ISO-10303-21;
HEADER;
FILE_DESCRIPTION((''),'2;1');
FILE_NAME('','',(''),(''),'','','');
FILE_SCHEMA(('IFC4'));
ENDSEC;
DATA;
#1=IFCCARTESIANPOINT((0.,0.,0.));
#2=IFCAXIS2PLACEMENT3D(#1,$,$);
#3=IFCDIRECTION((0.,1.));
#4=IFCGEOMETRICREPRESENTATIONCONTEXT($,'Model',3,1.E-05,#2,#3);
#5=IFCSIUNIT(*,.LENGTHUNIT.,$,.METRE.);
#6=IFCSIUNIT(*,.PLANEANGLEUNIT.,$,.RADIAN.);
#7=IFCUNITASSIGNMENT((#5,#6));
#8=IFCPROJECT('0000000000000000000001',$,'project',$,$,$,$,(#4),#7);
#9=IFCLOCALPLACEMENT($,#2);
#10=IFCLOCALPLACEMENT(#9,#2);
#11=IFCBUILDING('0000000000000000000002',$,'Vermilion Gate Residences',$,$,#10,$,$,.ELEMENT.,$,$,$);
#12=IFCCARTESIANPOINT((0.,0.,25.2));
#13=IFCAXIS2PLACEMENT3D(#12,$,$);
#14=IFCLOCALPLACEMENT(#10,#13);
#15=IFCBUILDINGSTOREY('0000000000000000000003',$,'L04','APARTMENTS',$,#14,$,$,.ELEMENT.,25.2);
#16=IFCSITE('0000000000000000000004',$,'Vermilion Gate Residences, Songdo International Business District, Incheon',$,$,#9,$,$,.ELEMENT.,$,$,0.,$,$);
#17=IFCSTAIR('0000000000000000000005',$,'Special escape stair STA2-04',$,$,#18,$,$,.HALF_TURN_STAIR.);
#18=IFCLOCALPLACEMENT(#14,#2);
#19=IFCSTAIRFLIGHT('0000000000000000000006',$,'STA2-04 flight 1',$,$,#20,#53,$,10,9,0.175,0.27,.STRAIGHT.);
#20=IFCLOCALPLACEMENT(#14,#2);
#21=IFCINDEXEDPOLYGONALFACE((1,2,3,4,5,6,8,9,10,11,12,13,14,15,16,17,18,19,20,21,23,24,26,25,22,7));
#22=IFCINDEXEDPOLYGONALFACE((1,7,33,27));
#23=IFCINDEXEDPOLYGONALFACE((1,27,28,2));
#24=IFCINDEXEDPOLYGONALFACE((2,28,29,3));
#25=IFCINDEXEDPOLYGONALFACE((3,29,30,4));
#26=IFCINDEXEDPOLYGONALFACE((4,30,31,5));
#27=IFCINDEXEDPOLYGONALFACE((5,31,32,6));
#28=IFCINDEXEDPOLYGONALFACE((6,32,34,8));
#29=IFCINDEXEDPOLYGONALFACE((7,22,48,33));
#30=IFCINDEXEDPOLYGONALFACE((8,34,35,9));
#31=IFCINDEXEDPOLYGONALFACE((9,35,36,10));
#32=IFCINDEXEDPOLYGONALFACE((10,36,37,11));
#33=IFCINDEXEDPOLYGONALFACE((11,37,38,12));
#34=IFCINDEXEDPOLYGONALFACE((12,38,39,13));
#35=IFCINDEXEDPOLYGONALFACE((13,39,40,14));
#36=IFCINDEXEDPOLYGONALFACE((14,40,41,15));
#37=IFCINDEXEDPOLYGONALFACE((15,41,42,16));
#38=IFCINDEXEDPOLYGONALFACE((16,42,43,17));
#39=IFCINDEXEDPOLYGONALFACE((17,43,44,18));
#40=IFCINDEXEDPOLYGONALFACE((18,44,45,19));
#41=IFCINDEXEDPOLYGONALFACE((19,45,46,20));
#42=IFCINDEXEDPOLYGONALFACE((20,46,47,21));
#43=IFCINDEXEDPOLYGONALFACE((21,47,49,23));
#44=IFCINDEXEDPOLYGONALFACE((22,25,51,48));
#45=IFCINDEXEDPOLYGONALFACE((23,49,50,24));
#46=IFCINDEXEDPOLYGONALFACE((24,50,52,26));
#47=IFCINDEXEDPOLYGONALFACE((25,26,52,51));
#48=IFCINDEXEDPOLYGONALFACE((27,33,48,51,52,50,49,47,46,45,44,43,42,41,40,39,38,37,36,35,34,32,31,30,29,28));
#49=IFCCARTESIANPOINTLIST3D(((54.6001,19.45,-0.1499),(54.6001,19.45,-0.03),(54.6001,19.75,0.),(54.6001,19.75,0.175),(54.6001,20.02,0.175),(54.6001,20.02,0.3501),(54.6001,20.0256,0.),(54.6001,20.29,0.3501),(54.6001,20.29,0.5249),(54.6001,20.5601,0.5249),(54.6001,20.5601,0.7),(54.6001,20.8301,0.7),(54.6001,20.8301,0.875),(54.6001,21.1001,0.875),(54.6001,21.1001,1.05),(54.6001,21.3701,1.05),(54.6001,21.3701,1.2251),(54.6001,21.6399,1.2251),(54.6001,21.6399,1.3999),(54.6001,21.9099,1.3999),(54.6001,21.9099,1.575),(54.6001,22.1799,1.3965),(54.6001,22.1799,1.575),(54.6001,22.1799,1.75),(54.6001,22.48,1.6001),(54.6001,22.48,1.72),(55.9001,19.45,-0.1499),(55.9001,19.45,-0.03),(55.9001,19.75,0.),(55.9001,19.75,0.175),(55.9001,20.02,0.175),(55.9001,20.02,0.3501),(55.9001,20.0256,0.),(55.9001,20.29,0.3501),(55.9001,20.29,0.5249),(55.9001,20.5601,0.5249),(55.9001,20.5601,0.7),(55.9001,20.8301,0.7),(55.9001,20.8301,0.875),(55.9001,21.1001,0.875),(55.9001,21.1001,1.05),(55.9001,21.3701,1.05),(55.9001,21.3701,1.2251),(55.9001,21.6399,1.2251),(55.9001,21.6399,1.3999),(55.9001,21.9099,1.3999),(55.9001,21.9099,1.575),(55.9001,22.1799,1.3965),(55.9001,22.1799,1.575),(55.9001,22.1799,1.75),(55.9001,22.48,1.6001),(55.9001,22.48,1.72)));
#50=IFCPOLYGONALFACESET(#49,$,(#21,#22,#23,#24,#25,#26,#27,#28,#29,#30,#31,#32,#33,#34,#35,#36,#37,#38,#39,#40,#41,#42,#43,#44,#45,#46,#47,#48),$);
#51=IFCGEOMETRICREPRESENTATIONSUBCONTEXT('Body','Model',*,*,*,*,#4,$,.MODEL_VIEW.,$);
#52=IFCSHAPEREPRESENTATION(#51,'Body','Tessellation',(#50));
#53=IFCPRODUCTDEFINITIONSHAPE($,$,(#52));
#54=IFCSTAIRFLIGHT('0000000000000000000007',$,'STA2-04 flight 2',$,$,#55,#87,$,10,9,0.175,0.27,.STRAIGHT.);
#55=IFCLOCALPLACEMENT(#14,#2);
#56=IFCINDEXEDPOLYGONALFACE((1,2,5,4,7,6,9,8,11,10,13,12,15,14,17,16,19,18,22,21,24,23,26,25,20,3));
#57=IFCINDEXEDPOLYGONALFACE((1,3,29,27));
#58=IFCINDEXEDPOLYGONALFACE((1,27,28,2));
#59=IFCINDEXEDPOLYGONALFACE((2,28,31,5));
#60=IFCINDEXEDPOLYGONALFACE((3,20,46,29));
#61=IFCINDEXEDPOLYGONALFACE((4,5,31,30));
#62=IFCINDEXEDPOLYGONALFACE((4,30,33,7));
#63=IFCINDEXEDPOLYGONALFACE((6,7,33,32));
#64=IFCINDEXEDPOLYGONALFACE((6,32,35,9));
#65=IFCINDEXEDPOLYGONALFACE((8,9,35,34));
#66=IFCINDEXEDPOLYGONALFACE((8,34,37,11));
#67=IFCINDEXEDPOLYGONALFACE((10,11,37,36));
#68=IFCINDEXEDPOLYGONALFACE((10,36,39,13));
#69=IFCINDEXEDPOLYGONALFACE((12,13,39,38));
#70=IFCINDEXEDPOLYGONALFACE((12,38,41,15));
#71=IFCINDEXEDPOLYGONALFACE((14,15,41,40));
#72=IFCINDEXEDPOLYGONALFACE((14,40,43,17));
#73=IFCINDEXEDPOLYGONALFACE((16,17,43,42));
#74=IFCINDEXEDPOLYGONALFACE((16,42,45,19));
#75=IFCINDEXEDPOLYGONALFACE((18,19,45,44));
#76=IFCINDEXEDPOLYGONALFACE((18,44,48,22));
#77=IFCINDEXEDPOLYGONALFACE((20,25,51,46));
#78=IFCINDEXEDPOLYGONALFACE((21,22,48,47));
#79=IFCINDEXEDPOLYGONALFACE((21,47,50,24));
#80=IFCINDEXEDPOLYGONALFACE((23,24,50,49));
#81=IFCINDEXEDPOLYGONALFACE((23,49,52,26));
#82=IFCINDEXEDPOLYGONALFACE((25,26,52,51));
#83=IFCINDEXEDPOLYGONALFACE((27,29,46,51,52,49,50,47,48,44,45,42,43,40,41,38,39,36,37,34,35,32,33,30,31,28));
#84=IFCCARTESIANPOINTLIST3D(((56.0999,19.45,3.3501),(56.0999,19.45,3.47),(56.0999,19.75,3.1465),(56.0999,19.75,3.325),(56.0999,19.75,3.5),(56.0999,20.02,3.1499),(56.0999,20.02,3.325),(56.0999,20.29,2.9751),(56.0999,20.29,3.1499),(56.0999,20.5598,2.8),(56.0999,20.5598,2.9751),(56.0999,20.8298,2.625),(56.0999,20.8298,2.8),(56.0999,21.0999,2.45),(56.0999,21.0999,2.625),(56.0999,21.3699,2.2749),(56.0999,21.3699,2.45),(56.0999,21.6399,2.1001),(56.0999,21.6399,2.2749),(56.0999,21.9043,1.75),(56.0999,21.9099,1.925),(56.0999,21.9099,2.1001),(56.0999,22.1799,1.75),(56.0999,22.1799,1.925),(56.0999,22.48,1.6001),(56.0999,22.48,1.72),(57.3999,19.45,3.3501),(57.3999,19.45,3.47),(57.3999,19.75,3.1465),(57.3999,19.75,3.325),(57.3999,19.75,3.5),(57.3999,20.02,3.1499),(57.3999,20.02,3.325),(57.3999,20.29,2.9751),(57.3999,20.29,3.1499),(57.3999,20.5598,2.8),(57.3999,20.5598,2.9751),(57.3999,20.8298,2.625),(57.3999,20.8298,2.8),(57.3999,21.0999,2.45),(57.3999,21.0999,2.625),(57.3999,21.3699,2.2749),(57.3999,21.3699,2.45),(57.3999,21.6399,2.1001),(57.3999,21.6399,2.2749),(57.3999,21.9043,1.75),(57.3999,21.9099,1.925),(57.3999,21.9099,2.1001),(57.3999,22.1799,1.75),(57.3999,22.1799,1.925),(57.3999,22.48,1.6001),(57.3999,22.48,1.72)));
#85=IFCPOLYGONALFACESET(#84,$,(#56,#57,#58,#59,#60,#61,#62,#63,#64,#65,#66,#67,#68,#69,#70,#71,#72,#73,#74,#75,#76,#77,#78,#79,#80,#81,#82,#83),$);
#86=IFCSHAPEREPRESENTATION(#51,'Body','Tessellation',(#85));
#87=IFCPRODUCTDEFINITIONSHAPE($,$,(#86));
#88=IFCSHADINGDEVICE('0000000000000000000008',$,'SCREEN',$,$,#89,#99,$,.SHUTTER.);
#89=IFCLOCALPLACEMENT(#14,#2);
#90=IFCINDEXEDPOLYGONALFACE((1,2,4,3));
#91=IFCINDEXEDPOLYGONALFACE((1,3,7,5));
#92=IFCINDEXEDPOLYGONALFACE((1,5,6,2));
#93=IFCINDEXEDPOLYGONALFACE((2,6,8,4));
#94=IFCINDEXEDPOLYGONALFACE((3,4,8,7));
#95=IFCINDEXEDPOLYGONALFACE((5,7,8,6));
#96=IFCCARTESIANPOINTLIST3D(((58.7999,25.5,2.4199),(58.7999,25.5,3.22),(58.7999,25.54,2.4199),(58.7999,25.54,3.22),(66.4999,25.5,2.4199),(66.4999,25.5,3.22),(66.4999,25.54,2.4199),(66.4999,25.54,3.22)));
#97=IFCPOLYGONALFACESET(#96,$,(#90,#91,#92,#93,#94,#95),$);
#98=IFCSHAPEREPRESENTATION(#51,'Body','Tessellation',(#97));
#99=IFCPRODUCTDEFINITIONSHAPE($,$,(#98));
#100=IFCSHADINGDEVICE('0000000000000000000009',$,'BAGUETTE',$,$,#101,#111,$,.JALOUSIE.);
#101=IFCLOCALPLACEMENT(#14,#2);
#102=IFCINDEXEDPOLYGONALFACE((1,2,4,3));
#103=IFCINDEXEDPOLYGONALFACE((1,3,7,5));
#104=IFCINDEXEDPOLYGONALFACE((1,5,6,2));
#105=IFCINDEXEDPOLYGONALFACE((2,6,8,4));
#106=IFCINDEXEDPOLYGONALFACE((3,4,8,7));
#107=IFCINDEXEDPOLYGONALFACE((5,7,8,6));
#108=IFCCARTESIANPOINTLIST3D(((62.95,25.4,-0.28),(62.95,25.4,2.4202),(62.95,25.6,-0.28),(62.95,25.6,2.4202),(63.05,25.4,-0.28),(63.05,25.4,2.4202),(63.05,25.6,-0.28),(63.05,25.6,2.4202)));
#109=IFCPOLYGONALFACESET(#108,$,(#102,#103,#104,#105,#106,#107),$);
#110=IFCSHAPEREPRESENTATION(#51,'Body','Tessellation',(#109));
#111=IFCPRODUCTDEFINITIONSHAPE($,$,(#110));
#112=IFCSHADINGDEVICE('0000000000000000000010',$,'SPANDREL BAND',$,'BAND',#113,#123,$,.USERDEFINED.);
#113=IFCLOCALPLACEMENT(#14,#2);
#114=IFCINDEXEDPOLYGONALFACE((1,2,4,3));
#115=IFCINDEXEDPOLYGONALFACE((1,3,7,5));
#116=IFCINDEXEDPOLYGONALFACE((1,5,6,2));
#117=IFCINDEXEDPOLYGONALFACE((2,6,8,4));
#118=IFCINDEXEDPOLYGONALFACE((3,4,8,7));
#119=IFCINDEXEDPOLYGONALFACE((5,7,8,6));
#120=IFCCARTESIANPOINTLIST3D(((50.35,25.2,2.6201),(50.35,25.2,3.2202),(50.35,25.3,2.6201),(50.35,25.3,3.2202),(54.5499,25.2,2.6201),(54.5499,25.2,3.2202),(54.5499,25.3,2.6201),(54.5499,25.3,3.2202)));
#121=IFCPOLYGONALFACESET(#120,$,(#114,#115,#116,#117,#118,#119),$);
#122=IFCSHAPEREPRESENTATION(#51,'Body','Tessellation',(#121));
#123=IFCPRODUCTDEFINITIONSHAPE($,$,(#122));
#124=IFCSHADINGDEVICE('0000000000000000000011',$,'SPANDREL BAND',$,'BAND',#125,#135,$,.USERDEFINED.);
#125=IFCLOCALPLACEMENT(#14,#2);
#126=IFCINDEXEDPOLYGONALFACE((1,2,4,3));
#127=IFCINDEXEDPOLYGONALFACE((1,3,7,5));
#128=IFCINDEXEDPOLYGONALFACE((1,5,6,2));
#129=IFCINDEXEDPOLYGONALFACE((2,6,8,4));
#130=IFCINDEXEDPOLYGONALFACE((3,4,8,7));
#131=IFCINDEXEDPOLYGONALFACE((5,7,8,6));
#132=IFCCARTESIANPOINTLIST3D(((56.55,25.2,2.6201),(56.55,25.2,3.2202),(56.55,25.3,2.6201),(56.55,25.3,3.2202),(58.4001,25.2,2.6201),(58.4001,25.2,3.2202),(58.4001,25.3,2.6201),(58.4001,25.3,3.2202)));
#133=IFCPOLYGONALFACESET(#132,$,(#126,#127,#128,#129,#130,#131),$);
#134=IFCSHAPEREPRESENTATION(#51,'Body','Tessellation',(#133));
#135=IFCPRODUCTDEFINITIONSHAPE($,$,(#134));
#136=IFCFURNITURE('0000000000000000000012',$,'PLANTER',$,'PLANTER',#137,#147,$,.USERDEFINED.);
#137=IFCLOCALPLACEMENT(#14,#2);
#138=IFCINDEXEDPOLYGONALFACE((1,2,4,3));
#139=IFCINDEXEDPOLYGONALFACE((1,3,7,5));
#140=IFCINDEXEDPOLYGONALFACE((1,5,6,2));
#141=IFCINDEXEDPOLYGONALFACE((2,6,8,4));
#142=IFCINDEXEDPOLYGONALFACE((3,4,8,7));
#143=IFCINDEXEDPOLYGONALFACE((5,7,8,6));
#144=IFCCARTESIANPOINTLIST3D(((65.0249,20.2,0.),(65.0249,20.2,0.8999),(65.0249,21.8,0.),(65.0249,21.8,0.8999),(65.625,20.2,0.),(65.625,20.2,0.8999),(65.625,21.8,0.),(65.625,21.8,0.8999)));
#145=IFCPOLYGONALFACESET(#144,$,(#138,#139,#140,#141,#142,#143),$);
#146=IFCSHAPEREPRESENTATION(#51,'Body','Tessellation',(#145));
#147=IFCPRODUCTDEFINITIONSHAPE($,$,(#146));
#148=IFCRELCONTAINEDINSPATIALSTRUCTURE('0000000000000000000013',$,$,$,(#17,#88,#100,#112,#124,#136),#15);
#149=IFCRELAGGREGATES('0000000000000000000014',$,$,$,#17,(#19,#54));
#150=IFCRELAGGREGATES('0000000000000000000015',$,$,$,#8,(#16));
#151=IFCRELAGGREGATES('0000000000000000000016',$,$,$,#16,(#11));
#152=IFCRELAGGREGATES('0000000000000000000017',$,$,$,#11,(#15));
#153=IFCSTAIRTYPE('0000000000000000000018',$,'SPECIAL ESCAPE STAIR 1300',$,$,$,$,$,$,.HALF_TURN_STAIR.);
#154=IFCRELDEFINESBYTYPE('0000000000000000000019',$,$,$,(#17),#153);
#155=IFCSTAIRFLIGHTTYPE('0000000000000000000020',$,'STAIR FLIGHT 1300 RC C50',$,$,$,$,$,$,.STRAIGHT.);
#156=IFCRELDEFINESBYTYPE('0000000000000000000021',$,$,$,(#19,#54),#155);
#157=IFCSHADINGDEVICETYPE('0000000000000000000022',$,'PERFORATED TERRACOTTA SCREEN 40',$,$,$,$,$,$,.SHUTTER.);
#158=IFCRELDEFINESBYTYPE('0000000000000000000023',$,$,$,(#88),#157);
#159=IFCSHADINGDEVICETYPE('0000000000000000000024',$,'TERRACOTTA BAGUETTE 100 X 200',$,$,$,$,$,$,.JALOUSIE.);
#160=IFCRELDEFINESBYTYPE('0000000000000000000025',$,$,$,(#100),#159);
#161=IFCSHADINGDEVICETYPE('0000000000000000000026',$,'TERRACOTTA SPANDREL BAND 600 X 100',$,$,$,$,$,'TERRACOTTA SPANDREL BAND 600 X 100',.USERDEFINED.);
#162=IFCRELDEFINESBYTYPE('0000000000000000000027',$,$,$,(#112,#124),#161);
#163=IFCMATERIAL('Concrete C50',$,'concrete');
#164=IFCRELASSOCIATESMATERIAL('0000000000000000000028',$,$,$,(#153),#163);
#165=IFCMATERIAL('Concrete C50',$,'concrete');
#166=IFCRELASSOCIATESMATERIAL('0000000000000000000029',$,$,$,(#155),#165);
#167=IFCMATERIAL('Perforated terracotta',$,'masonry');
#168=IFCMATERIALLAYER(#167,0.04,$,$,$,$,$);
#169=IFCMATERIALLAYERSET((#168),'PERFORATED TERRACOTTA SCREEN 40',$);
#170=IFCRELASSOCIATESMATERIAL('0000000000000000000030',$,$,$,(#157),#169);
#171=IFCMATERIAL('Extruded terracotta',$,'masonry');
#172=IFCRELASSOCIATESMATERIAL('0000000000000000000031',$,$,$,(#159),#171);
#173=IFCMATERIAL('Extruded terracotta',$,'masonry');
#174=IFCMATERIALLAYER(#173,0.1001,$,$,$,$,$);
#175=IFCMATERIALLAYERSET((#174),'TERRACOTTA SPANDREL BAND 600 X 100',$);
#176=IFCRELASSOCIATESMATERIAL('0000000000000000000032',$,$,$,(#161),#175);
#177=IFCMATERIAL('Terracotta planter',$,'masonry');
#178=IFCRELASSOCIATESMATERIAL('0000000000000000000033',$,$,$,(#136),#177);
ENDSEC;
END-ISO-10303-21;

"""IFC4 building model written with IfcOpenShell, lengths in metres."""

from ifc_helpers import new_model, si_unit, direction, frame, origin, origin_2d, place, context, subcontext, project, spatial, polyline, rectangle, outline, extrude, material, layer, layer_set, material_profile, profile_set, type_object, element, aggregate, save


model = new_model("IFC4")

# Units and contexts
model_context = context("Model", 3, precision=1e-05, world=origin(), true_north=direction((0.0, 1.0)))
body_context = subcontext(model_context, "Body", "Model", "MODEL_VIEW")
ifc_project = project(units=[si_unit("LENGTHUNIT", "METRE"), si_unit("PLANEANGLEUNIT", "RADIAN")], contexts=[model_context])

# Site, building, storey
site_placement = place(None, origin())
site = spatial("IfcSite", under=ifc_project, at=site_placement, Name="Vermilion Gate Residences, Songdo International Business District, Incheon", CompositionType="ELEMENT", RefElevation=0.0)
building_placement = place(site_placement, origin())
building = spatial("IfcBuilding", under=site, at=building_placement, Name="Vermilion Gate Residences", CompositionType="ELEMENT")
storey_placement = place(building_placement, frame((0.0, 0.0, 25.2)))
storey = spatial("IfcBuildingStorey", under=building, at=storey_placement, Name="L04", Description="APARTMENTS", CompositionType="ELEMENT", Elevation=25.2)

# Stair, stair flights
ifc_material_1 = material(Name="Concrete C50", Category="concrete")
stair_type = type_object("IfcStairType", Name="SPECIAL ESCAPE STAIR 1300", PredefinedType="HALF_TURN_STAIR", material=ifc_material_1)
stair_placement = place(storey_placement, origin())
stair = element("IfcStair", 1, at=stair_placement, inside=storey, type_object=stair_type, Name="Special escape stair STA2-04", PredefinedType="HALF_TURN_STAIR")
ifc_material_2 = material(Name="Concrete C50", Category="concrete")
stair_flight_type = type_object("IfcStairFlightType", Name="STAIR FLIGHT 1300 RC C50", PredefinedType="STRAIGHT", material=ifc_material_2)
stair_flight_1_placement = place(storey_placement, frame((55.25, 19.75, 0.0), z_axis=(0.0, 0.0, 1.0), x_axis=(0.0, 1.0, 0.0)))
stair_flight_1 = element("IfcStairFlight", 2, at=stair_flight_1_placement, type_object=stair_flight_type, Name="STA2-04 flight 1", NumberOfRisers=10, NumberOfTreads=9, PredefinedType="STRAIGHT", RiserHeight=0.175, TreadLength=0.27, context=body_context, shape_type="SweptSolid", body=[
    extrude(outline(polyline([(-0.3, -0.1499), (-0.3, -0.03), (0.0, 0.0), (0.0, 0.175), (0.27, 0.175), (0.27, 0.3501), (0.54, 0.3501), (0.54, 0.5249), (0.8101, 0.5249), (0.8101, 0.7), (1.0801, 0.7), (1.0801, 0.875), (1.3501, 0.875), (1.3501, 1.05), (1.6201, 1.05), (1.6201, 1.2251), (1.8899, 1.2251), (1.8899, 1.3999), (2.1599, 1.3999), (2.1599, 1.575), (2.4299, 1.575), (2.4299, 1.75), (2.73, 1.72), (2.73, 1.6001), (2.4299, 1.3965), (0.2756, 0.0), (-0.3, -0.1499)])), frame((0.0, 0.6499, 0.0), z_axis=(0.0, -1.0, 0.0), x_axis=(1.0, 0.0, 0.0)), (0.0, 0.0, 1.0), 1.3),
])
stair_flight_2_placement = place(storey_placement, frame((56.75, 22.1799, 1.75), z_axis=(0.0, 0.0, 1.0), x_axis=(0.0, -1.0, 0.0)))
stair_flight_2 = element("IfcStairFlight", 3, at=stair_flight_2_placement, type_object=stair_flight_type, Name="STA2-04 flight 2", NumberOfRisers=10, NumberOfTreads=9, PredefinedType="STRAIGHT", RiserHeight=0.175, TreadLength=0.27, context=body_context, shape_type="SweptSolid", body=[
    extrude(outline(polyline([(-0.3, -0.1499), (-0.3, -0.03), (0.0, 0.0), (0.0, 0.175), (0.27, 0.175), (0.27, 0.3501), (0.54, 0.3501), (0.54, 0.5249), (0.8101, 0.5249), (0.8101, 0.7), (1.0801, 0.7), (1.0801, 0.875), (1.3501, 0.875), (1.3501, 1.05), (1.6201, 1.05), (1.6201, 1.2251), (1.8899, 1.2251), (1.8899, 1.3999), (2.1599, 1.3999), (2.1599, 1.575), (2.4299, 1.575), (2.4299, 1.75), (2.73, 1.72), (2.73, 1.6001), (2.4299, 1.3965), (0.2756, 0.0), (-0.3, -0.1499)])), frame((0.0, 0.6499, 0.0), z_axis=(0.0, -1.0, 0.0), x_axis=(1.0, 0.0, 0.0)), (0.0, 0.0, 1.0), 1.3),
])
aggregate(stair, [stair_flight_1, stair_flight_2])

# Shading device
ifc_material_3 = material(Name="Perforated terracotta", Category="masonry")
ifc_layer_1 = layer(ifc_material_3, 0.04)
ifc_layer_set_1 = layer_set([ifc_layer_1], Name="PERFORATED TERRACOTTA SCREEN 40")
shading_device_type_1 = type_object("IfcShadingDeviceType", Name="PERFORATED TERRACOTTA SCREEN 40", PredefinedType="SHUTTER", material=ifc_layer_set_1)
shading_device_1_placement = place(storey_placement, frame((62.6499, 25.52, 2.4199), z_axis=(0.0, 0.0, 1.0), x_axis=(-1.0, 0.0, 0.0)))
element("IfcShadingDevice", 4, at=shading_device_1_placement, inside=storey, type_object=shading_device_type_1, Name="SCREEN", PredefinedType="SHUTTER", context=body_context, shape_type="SweptSolid", body=[
    extrude(rectangle(XDim=7.7, YDim=0.04, at=origin_2d()), origin(), (0.0, 0.0, 1.0), 0.8),
])

# Shading devices
ifc_material_4 = material(Name="Extruded terracotta", Category="masonry")
ifc_material_profile_1 = material_profile(ifc_material_4, rectangle(XDim=0.2, YDim=0.1001, at=origin_2d()), Name="BAGUETTE 100 X 200")
ifc_profile_set_1 = profile_set([ifc_material_profile_1], Name="Extruded terracotta")
shading_device_type_2 = type_object("IfcShadingDeviceType", Name="TERRACOTTA BAGUETTE 100 X 200", PredefinedType="JALOUSIE", material=ifc_profile_set_1)
shading_device_2_placement = place(storey_placement, frame((63.0, 25.5, -0.28), z_axis=(0.0, 0.0, 1.0), x_axis=(0.0, -1.0, 0.0)))
element("IfcShadingDevice", 5, at=shading_device_2_placement, inside=storey, type_object=shading_device_type_2, Name="BAGUETTE", PredefinedType="JALOUSIE", context=body_context, shape_type="SweptSolid", body=[
    extrude(rectangle(XDim=0.2, YDim=0.1001, at=origin_2d()), origin(), (0.0, 0.0, 1.0), 2.7002),
])
ifc_material_5 = material(Name="Extruded terracotta", Category="masonry")
ifc_layer_2 = layer(ifc_material_5, 0.1001)
ifc_layer_set_2 = layer_set([ifc_layer_2], Name="TERRACOTTA SPANDREL BAND 600 X 100")
shading_device_type_3 = type_object("IfcShadingDeviceType", Name="TERRACOTTA SPANDREL BAND 600 X 100", ElementType="TERRACOTTA SPANDREL BAND 600 X 100", PredefinedType="USERDEFINED", material=ifc_layer_set_2)
shading_device_3_placement = place(storey_placement, frame((52.45, 25.25, 2.6201), z_axis=(0.0, 0.0, 1.0), x_axis=(1.0, 0.0, 0.0)))
element("IfcShadingDevice", 6, at=shading_device_3_placement, inside=storey, type_object=shading_device_type_3, Name="SPANDREL BAND", ObjectType="BAND", PredefinedType="USERDEFINED", context=body_context, shape_type="SweptSolid", body=[
    extrude(rectangle(XDim=4.2, YDim=0.1001, at=origin_2d()), origin(), (0.0, 0.0, 1.0), 0.6001),
])
shading_device_4_placement = place(storey_placement, frame((57.4751, 25.25, 2.6201), z_axis=(0.0, 0.0, 1.0), x_axis=(1.0, 0.0, 0.0)))
element("IfcShadingDevice", 7, at=shading_device_4_placement, inside=storey, type_object=shading_device_type_3, Name="SPANDREL BAND", ObjectType="BAND", PredefinedType="USERDEFINED", context=body_context, shape_type="SweptSolid", body=[
    extrude(rectangle(XDim=1.8501, YDim=0.1001, at=origin_2d()), origin(), (0.0, 0.0, 1.0), 0.6001),
])

# Furniture
ifc_material_6 = material(Name="Terracotta planter", Category="masonry")
furniture_placement = place(storey_placement, frame((65.325, 21.0, 0.0), z_axis=(0.0, 0.0, 1.0), x_axis=(0.0, 1.0, 0.0)))
element("IfcFurniture", 8, at=furniture_placement, inside=storey, material=ifc_material_6, Name="PLANTER", ObjectType="PLANTER", PredefinedType="USERDEFINED", context=body_context, shape_type="SweptSolid", body=[
    extrude(rectangle(XDim=1.6001, YDim=0.6001, at=origin_2d()), origin(), (0.0, 0.0, 1.0), 0.8999),
])

save(model, "model.ifc")
